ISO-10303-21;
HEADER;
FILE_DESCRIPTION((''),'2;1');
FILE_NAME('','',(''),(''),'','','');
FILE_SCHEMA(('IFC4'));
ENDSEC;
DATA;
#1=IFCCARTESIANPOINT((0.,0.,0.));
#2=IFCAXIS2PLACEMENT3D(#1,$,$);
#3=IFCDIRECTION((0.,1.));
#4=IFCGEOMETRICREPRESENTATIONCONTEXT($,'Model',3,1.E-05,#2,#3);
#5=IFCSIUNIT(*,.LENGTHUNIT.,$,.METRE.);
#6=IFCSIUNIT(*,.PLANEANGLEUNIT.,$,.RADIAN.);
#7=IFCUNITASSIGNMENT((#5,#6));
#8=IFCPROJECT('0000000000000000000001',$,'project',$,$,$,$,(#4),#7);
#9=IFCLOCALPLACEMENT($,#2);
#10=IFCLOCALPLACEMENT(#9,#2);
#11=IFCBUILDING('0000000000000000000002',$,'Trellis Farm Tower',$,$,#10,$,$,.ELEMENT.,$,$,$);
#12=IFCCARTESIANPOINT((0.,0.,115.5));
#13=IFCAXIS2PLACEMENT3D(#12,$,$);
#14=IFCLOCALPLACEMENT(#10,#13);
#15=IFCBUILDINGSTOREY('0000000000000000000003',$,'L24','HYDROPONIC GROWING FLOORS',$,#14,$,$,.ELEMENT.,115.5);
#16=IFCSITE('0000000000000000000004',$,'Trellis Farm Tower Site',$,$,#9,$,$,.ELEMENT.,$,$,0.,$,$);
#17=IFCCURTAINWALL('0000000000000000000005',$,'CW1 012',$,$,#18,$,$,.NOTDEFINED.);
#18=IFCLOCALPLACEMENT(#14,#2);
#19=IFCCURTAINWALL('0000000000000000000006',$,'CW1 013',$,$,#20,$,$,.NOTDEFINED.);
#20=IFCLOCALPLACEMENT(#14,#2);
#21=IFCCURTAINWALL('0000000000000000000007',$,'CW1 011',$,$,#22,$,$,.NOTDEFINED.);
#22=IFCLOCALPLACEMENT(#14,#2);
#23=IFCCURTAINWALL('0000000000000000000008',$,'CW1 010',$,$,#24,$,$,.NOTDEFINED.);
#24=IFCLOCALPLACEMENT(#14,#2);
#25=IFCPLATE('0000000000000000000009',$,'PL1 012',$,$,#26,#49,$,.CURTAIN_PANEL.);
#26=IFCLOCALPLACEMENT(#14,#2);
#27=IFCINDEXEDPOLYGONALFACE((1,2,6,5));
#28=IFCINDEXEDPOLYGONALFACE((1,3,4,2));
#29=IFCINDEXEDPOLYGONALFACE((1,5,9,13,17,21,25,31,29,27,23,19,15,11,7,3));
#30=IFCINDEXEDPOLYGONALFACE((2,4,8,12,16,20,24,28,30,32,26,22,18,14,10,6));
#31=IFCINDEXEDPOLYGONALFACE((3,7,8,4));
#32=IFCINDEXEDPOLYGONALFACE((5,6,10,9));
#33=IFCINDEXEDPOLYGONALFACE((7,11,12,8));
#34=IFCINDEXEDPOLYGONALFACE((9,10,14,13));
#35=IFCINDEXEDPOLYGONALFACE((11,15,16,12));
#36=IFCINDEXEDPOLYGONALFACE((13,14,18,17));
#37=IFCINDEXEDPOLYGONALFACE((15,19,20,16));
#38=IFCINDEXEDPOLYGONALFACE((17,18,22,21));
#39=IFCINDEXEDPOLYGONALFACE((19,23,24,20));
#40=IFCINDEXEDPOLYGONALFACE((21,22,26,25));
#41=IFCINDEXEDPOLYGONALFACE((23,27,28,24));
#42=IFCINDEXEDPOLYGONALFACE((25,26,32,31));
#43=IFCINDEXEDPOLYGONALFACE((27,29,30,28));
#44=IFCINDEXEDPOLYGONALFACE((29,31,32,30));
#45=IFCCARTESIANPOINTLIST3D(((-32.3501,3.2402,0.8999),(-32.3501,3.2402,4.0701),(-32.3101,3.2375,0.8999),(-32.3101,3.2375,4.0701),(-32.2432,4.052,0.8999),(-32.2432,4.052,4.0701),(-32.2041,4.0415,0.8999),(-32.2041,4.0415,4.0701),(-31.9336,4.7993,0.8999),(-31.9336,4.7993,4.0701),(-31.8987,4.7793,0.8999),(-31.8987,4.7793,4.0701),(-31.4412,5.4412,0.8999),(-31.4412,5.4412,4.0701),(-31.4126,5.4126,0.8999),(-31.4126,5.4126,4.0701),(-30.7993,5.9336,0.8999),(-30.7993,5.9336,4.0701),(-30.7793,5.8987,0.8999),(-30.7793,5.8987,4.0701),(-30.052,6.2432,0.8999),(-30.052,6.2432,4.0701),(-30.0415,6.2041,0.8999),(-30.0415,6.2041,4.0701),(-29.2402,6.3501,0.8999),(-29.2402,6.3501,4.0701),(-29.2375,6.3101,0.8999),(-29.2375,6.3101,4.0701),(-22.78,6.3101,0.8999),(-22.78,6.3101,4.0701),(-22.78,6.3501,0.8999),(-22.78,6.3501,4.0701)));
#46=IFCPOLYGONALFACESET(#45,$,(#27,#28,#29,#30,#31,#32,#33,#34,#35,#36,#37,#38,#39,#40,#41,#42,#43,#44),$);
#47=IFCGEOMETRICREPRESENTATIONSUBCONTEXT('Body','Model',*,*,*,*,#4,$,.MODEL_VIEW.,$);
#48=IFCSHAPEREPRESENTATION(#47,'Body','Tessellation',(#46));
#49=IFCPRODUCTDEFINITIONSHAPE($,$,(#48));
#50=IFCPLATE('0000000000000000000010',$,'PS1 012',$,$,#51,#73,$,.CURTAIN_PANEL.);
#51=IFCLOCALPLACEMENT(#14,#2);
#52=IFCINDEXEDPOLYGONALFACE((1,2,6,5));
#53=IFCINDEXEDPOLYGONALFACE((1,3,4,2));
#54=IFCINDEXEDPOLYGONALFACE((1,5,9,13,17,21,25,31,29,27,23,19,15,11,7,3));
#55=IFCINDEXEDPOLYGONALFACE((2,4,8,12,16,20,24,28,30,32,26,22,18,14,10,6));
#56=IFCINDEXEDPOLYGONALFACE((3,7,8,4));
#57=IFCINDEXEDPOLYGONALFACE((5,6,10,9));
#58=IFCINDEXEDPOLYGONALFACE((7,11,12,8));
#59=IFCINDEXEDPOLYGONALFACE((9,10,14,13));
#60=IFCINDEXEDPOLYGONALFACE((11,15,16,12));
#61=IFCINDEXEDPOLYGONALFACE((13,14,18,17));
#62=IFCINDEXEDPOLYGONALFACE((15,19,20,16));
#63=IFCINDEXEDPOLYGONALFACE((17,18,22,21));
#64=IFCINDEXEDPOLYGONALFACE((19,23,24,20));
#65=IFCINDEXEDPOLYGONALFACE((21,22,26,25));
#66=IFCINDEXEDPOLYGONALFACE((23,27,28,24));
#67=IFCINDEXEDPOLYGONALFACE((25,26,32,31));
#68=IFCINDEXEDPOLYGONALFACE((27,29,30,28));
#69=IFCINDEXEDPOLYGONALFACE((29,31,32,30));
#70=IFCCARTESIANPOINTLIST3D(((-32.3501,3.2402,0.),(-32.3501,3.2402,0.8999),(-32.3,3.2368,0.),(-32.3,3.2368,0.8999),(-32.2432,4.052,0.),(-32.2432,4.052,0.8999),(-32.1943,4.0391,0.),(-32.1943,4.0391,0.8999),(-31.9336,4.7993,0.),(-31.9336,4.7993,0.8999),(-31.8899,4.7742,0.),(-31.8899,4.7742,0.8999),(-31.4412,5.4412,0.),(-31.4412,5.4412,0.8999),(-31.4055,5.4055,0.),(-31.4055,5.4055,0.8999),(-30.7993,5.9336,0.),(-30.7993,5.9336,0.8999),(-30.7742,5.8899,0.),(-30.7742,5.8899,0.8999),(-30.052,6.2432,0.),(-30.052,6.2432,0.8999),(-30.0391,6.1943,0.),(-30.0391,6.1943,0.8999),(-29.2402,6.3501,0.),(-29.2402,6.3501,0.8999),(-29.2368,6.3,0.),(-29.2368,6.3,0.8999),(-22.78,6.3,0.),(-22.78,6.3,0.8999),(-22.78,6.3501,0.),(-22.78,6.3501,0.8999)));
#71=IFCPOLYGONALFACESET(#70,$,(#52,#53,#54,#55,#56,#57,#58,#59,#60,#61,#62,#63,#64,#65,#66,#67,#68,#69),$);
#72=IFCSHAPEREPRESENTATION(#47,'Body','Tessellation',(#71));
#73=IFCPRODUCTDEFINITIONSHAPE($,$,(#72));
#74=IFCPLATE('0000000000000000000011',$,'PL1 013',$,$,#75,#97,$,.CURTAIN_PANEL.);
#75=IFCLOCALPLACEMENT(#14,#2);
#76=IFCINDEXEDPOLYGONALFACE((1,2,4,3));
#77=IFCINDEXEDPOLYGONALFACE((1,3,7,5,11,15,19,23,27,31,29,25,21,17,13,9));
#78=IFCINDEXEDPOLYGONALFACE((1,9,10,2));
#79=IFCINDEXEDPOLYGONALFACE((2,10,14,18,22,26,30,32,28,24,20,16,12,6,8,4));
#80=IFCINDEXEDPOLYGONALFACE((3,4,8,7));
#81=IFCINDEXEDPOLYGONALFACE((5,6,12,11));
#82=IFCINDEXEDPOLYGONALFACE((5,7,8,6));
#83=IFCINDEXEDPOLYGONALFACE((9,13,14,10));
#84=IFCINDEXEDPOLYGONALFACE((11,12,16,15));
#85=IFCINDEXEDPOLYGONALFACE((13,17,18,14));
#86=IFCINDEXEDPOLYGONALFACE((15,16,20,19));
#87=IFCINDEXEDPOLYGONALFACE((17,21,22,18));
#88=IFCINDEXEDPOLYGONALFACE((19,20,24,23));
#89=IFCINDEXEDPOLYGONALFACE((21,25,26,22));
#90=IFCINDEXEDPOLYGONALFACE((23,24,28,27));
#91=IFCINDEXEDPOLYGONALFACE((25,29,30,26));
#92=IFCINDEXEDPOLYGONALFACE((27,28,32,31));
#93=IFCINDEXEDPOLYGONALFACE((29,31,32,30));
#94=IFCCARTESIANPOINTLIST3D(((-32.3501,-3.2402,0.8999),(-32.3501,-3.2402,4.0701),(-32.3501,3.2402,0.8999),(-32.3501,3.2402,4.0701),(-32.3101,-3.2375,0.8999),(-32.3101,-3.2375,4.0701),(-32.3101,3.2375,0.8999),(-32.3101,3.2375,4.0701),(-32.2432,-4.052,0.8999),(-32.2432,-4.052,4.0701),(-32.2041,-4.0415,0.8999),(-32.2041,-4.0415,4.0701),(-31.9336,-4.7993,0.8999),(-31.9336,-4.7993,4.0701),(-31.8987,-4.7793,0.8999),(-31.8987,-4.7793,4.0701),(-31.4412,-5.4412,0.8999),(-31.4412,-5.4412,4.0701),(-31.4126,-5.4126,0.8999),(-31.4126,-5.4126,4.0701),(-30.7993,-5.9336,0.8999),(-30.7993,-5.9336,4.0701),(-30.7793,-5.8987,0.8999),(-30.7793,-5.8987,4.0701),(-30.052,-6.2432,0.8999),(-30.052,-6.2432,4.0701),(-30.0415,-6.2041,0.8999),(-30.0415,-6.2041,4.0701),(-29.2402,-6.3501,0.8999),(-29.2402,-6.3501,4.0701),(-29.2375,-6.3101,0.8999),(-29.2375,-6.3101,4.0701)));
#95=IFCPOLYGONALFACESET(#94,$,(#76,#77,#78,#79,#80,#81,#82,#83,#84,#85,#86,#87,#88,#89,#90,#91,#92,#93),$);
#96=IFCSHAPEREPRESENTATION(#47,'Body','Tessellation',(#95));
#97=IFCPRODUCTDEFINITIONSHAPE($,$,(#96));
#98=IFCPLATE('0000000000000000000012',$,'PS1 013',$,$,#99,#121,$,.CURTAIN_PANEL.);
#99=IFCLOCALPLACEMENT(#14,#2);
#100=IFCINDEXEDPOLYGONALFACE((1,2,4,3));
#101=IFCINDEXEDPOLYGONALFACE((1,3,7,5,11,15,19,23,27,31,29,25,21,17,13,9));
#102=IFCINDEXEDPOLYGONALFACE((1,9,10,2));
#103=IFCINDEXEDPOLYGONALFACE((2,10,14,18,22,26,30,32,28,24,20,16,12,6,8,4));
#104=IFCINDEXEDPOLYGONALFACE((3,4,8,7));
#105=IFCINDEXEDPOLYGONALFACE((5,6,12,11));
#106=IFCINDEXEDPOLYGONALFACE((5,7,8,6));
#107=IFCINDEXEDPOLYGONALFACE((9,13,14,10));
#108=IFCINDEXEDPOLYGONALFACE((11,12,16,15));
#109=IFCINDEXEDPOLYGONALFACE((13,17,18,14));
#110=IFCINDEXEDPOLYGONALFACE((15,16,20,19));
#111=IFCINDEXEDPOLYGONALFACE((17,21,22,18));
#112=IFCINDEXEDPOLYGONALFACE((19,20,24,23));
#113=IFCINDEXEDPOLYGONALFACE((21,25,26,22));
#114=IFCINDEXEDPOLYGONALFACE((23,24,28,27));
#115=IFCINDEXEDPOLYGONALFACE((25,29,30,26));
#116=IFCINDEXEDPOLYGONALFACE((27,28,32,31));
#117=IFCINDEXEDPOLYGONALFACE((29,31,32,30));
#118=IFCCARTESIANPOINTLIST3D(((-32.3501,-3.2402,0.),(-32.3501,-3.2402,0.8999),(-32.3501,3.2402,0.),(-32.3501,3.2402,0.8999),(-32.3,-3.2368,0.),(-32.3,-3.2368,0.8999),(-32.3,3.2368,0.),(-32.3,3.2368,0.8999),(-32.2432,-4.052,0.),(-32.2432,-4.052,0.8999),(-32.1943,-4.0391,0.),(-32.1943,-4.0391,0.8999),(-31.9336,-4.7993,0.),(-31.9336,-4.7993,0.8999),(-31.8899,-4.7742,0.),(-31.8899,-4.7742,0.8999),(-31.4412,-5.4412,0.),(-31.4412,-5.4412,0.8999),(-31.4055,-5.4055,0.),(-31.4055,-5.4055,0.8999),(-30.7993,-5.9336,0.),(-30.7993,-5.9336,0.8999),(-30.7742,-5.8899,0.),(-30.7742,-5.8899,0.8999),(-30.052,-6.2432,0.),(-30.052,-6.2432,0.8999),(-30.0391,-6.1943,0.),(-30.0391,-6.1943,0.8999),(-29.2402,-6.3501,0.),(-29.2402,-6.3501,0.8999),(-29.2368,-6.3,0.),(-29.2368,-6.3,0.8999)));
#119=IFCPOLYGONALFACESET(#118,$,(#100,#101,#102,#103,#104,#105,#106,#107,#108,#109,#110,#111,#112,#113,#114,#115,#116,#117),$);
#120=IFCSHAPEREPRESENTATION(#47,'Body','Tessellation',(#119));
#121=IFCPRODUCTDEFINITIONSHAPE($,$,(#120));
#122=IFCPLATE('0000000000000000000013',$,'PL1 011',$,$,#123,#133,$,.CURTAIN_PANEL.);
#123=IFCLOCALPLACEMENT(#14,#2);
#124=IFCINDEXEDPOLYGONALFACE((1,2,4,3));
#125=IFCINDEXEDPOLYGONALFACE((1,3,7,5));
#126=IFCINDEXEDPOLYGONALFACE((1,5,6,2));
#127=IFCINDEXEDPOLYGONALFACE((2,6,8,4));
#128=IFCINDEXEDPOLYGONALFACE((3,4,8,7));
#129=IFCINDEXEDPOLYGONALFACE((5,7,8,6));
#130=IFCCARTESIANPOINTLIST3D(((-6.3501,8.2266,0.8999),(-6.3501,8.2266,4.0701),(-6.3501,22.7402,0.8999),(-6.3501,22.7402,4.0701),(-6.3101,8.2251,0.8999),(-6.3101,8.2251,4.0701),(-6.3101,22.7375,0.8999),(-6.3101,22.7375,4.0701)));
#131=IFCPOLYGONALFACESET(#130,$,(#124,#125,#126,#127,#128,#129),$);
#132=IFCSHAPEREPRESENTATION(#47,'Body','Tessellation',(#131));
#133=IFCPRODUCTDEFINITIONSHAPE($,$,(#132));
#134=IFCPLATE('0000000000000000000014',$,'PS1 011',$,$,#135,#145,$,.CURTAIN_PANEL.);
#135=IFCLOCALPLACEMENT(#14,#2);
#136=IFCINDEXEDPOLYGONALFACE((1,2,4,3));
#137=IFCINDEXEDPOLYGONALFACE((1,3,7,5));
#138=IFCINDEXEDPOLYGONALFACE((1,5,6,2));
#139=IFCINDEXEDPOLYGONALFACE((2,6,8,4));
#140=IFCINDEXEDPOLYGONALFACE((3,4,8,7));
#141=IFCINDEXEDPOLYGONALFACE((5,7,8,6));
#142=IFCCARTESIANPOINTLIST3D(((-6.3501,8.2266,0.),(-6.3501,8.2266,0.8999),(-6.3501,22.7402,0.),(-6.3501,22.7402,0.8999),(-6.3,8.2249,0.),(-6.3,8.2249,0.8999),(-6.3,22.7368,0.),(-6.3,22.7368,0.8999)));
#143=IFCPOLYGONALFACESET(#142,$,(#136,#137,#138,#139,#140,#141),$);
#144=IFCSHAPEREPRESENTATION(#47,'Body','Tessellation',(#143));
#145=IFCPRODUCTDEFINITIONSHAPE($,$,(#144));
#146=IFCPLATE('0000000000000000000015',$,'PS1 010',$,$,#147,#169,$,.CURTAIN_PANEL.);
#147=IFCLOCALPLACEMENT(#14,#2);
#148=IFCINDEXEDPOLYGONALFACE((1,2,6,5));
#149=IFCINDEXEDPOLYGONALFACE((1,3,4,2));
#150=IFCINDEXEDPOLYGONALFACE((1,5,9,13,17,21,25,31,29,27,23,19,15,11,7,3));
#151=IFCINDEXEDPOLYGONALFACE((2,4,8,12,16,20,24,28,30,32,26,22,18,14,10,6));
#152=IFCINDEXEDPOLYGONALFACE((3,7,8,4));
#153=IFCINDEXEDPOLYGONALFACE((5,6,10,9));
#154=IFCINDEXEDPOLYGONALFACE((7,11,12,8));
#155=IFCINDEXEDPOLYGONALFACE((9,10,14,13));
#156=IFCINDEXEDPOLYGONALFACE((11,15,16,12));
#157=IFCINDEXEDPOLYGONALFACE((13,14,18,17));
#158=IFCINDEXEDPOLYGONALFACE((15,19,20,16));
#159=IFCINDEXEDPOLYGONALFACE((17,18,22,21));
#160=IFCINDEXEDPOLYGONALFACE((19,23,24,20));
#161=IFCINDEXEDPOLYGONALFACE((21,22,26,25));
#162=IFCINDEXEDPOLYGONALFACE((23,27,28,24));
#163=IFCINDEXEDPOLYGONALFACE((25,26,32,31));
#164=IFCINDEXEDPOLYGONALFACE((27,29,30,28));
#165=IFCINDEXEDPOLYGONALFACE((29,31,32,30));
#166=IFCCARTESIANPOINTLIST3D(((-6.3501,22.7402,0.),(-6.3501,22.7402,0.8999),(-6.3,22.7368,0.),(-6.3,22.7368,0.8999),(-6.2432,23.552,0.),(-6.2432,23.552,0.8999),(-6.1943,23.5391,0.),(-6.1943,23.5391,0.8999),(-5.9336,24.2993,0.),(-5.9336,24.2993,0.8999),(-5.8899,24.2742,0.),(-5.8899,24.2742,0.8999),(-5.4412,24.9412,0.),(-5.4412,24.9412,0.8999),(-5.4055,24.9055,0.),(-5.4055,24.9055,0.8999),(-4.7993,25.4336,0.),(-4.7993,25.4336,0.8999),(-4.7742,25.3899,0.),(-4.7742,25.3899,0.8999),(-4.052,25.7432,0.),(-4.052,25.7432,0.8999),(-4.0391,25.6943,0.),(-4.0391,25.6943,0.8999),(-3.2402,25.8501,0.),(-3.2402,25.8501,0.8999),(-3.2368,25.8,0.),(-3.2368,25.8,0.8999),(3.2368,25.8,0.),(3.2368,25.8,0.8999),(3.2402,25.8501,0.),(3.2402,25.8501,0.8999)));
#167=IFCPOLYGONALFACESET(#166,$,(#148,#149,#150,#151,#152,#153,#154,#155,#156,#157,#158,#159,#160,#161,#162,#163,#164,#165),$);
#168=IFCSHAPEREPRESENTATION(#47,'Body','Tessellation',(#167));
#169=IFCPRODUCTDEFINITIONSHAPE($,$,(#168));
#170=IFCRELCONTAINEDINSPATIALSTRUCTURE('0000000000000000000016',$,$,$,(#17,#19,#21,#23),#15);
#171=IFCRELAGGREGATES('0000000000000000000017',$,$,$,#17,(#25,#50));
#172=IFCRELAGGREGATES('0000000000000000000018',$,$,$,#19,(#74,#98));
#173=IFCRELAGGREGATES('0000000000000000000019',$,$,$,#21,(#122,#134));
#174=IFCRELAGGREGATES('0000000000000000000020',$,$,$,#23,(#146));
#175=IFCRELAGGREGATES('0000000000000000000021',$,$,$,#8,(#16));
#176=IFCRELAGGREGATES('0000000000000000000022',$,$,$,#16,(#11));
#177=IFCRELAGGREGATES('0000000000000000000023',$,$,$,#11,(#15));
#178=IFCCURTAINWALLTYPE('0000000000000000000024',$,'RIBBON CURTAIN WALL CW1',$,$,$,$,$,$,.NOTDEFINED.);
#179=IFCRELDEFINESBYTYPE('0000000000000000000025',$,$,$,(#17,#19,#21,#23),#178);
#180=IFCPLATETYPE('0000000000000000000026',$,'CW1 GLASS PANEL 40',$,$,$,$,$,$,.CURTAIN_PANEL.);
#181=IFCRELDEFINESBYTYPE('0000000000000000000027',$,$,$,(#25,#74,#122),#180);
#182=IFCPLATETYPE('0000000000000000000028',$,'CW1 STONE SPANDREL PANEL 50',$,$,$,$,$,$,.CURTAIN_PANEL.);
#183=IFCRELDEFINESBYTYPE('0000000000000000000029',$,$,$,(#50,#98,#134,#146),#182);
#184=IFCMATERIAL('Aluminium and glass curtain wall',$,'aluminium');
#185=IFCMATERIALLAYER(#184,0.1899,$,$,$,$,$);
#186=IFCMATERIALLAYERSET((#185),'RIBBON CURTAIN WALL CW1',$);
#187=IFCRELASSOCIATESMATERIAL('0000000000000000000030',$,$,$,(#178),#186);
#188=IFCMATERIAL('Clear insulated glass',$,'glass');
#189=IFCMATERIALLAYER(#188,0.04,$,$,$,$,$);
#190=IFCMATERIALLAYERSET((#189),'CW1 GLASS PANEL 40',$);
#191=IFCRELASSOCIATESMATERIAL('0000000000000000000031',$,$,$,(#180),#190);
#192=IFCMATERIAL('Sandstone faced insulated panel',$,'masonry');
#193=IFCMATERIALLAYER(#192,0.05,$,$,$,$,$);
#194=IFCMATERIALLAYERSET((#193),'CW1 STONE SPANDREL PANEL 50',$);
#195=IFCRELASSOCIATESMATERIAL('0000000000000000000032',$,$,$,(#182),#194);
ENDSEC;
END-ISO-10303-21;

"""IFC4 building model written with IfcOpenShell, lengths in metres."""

from ifc_helpers import new_model, si_unit, direction, frame, origin, place, context, subcontext, project, spatial, polyline, outline, extrude, source, transform, mapped, material, layer, layer_set, type_object, element, aggregate, save


model = new_model("IFC4")

# Units and contexts
model_context = context("Model", 3, precision=1e-05, world=origin(), true_north=direction((0.0, 1.0)))
body_context = subcontext(model_context, "Body", "Model", "MODEL_VIEW")
ifc_project = project(units=[si_unit("LENGTHUNIT", "METRE"), si_unit("PLANEANGLEUNIT", "RADIAN")], contexts=[model_context])

# Site, building, storey
site_placement = place(None, origin())
site = spatial("IfcSite", under=ifc_project, at=site_placement, Name="Trellis Farm Tower Site", CompositionType="ELEMENT", RefElevation=0.0)
building_placement = place(site_placement, origin())
building = spatial("IfcBuilding", under=site, at=building_placement, Name="Trellis Farm Tower", CompositionType="ELEMENT")
storey_placement = place(building_placement, frame((0.0, 0.0, 115.5)))
storey = spatial("IfcBuildingStorey", under=building, at=storey_placement, Name="L24", Description="HYDROPONIC GROWING FLOORS", CompositionType="ELEMENT", Elevation=115.5)

# Curtain walls
ifc_material_1 = material(Name="Aluminium and glass curtain wall", Category="aluminium")
placement_1 = place(storey_placement, origin())
ifc_layer_1 = layer(ifc_material_1, 0.1899)
ifc_layer_set_1 = layer_set([ifc_layer_1], Name="RIBBON CURTAIN WALL CW1")
curtain_wall_type_1 = type_object("IfcCurtainWallType", Name="RIBBON CURTAIN WALL CW1", PredefinedType="NOTDEFINED", material=ifc_layer_set_1)
curtain_wall_1 = element("IfcCurtainWall", 1, at=placement_1, inside=storey, type_object=curtain_wall_type_1, Name="CW1 012", PredefinedType="NOTDEFINED")
curtain_wall_2 = element("IfcCurtainWall", 2, at=placement_1, inside=storey, type_object=curtain_wall_type_1, Name="CW1 013", PredefinedType="NOTDEFINED")
curtain_wall_3 = element("IfcCurtainWall", 3, at=placement_1, inside=storey, type_object=curtain_wall_type_1, Name="CW1 011", PredefinedType="NOTDEFINED")
curtain_wall_4 = element("IfcCurtainWall", 4, at=placement_1, inside=storey, type_object=curtain_wall_type_1, Name="CW1 010", PredefinedType="NOTDEFINED")

# Plates
ifc_material_2 = material(Name="Clear insulated glass", Category="glass")
ifc_layer_2 = layer(ifc_material_2, 0.04)
ifc_layer_set_2 = layer_set([ifc_layer_2], Name="CW1 GLASS PANEL 40")
plate_type_1 = type_object("IfcPlateType", Name="CW1 GLASS PANEL 40", PredefinedType="CURTAIN_PANEL", material=ifc_layer_set_2)
shared_shape_1 = source(origin(), body_context, "Body", "SweptSolid", [
    extrude(outline(polyline([(-22.78, 6.3501), (-29.2402, 6.3501), (-30.052, 6.2432), (-30.7993, 5.9336), (-31.4412, 5.4412), (-31.9336, 4.7993), (-32.2432, 4.052), (-32.3501, 3.2402), (-32.3101, 3.2375), (-32.2041, 4.0415), (-31.8987, 4.7793), (-31.4126, 5.4126), (-30.7793, 5.8987), (-30.0415, 6.2041), (-29.2375, 6.3101), (-22.78, 6.3101), (-22.78, 6.3501)])), origin(), (0.0, 0.0, 1.0), 3.1702),
])
placement_2 = place(storey_placement, frame((0.0, 0.0, 0.8999)))
plate_1 = element("IfcPlate", 5, at=placement_2, type_object=plate_type_1, Name="PL1 012", PredefinedType="CURTAIN_PANEL", context=body_context, shape_type="MappedRepresentation", body=[
    mapped(shared_shape_1, transform((0.0, 0.0, 0.0))),
])
ifc_material_3 = material(Name="Sandstone faced insulated panel", Category="masonry")
ifc_layer_3 = layer(ifc_material_3, 0.05)
ifc_layer_set_3 = layer_set([ifc_layer_3], Name="CW1 STONE SPANDREL PANEL 50")
plate_type_2 = type_object("IfcPlateType", Name="CW1 STONE SPANDREL PANEL 50", PredefinedType="CURTAIN_PANEL", material=ifc_layer_set_3)
shared_shape_2 = source(origin(), body_context, "Body", "SweptSolid", [
    extrude(outline(polyline([(-22.78, 6.3501), (-29.2402, 6.3501), (-30.052, 6.2432), (-30.7993, 5.9336), (-31.4412, 5.4412), (-31.9336, 4.7993), (-32.2432, 4.052), (-32.3501, 3.2402), (-32.3, 3.2368), (-32.1943, 4.0391), (-31.8899, 4.7742), (-31.4055, 5.4055), (-30.7742, 5.8899), (-30.0391, 6.1943), (-29.2368, 6.3), (-22.78, 6.3), (-22.78, 6.3501)])), origin(), (0.0, 0.0, 1.0), 0.8999),
])
plate_2 = element("IfcPlate", 6, at=placement_1, type_object=plate_type_2, Name="PS1 012", PredefinedType="CURTAIN_PANEL", context=body_context, shape_type="MappedRepresentation", body=[
    mapped(shared_shape_2, transform((0.0, 0.0, 0.0))),
])
aggregate(curtain_wall_1, [plate_1, plate_2])
shared_shape_3 = source(origin(), body_context, "Body", "SweptSolid", [
    extrude(outline(polyline([(-32.3501, 3.2402), (-32.3501, -3.2402), (-32.2432, -4.052), (-31.9336, -4.7993), (-31.4412, -5.4412), (-30.7993, -5.9336), (-30.052, -6.2432), (-29.2402, -6.3501), (-29.2375, -6.3101), (-30.0415, -6.2041), (-30.7793, -5.8987), (-31.4126, -5.4126), (-31.8987, -4.7793), (-32.2041, -4.0415), (-32.3101, -3.2375), (-32.3101, 3.2375), (-32.3501, 3.2402)])), origin(), (0.0, 0.0, 1.0), 3.1702),
])
plate_3 = element("IfcPlate", 7, at=placement_2, type_object=plate_type_1, Name="PL1 013", PredefinedType="CURTAIN_PANEL", context=body_context, shape_type="MappedRepresentation", body=[
    mapped(shared_shape_3, transform((0.0, 0.0, 0.0))),
])
shared_shape_4 = source(origin(), body_context, "Body", "SweptSolid", [
    extrude(outline(polyline([(-32.3501, 3.2402), (-32.3501, -3.2402), (-32.2432, -4.052), (-31.9336, -4.7993), (-31.4412, -5.4412), (-30.7993, -5.9336), (-30.052, -6.2432), (-29.2402, -6.3501), (-29.2368, -6.3), (-30.0391, -6.1943), (-30.7742, -5.8899), (-31.4055, -5.4055), (-31.8899, -4.7742), (-32.1943, -4.0391), (-32.3, -3.2368), (-32.3, 3.2368), (-32.3501, 3.2402)])), origin(), (0.0, 0.0, 1.0), 0.8999),
])
plate_4 = element("IfcPlate", 8, at=placement_1, type_object=plate_type_2, Name="PS1 013", PredefinedType="CURTAIN_PANEL", context=body_context, shape_type="MappedRepresentation", body=[
    mapped(shared_shape_4, transform((0.0, 0.0, 0.0))),
])
aggregate(curtain_wall_2, [plate_3, plate_4])
shared_shape_5 = source(origin(), body_context, "Body", "SweptSolid", [
    extrude(outline(polyline([(-6.3501, 22.7402), (-6.3501, 8.2266), (-6.3101, 8.2251), (-6.3101, 22.7375), (-6.3501, 22.7402)])), origin(), (0.0, 0.0, 1.0), 3.1702),
])
plate_5 = element("IfcPlate", 9, at=placement_2, type_object=plate_type_1, Name="PL1 011", PredefinedType="CURTAIN_PANEL", context=body_context, shape_type="MappedRepresentation", body=[
    mapped(shared_shape_5, transform((0.0, 0.0, 0.0))),
])
shared_shape_6 = source(origin(), body_context, "Body", "SweptSolid", [
    extrude(outline(polyline([(-6.3501, 22.7402), (-6.3501, 8.2266), (-6.3, 8.2249), (-6.3, 22.7368), (-6.3501, 22.7402)])), origin(), (0.0, 0.0, 1.0), 0.8999),
])
plate_6 = element("IfcPlate", 10, at=placement_1, type_object=plate_type_2, Name="PS1 011", PredefinedType="CURTAIN_PANEL", context=body_context, shape_type="MappedRepresentation", body=[
    mapped(shared_shape_6, transform((0.0, 0.0, 0.0))),
])
aggregate(curtain_wall_3, [plate_5, plate_6])
shared_shape_7 = source(origin(), body_context, "Body", "SweptSolid", [
    extrude(outline(polyline([(3.2402, 25.8501), (-3.2402, 25.8501), (-4.052, 25.7432), (-4.7993, 25.4336), (-5.4412, 24.9412), (-5.9336, 24.2993), (-6.2432, 23.552), (-6.3501, 22.7402), (-6.3, 22.7368), (-6.1943, 23.5391), (-5.8899, 24.2742), (-5.4055, 24.9055), (-4.7742, 25.3899), (-4.0391, 25.6943), (-3.2368, 25.8), (3.2368, 25.8), (3.2402, 25.8501)])), origin(), (0.0, 0.0, 1.0), 0.8999),
])
plate_7 = element("IfcPlate", 11, at=placement_1, type_object=plate_type_2, Name="PS1 010", PredefinedType="CURTAIN_PANEL", context=body_context, shape_type="MappedRepresentation", body=[
    mapped(shared_shape_7, transform((0.0, 0.0, 0.0))),
])
aggregate(curtain_wall_4, [plate_7])

save(model, "model.ifc")
